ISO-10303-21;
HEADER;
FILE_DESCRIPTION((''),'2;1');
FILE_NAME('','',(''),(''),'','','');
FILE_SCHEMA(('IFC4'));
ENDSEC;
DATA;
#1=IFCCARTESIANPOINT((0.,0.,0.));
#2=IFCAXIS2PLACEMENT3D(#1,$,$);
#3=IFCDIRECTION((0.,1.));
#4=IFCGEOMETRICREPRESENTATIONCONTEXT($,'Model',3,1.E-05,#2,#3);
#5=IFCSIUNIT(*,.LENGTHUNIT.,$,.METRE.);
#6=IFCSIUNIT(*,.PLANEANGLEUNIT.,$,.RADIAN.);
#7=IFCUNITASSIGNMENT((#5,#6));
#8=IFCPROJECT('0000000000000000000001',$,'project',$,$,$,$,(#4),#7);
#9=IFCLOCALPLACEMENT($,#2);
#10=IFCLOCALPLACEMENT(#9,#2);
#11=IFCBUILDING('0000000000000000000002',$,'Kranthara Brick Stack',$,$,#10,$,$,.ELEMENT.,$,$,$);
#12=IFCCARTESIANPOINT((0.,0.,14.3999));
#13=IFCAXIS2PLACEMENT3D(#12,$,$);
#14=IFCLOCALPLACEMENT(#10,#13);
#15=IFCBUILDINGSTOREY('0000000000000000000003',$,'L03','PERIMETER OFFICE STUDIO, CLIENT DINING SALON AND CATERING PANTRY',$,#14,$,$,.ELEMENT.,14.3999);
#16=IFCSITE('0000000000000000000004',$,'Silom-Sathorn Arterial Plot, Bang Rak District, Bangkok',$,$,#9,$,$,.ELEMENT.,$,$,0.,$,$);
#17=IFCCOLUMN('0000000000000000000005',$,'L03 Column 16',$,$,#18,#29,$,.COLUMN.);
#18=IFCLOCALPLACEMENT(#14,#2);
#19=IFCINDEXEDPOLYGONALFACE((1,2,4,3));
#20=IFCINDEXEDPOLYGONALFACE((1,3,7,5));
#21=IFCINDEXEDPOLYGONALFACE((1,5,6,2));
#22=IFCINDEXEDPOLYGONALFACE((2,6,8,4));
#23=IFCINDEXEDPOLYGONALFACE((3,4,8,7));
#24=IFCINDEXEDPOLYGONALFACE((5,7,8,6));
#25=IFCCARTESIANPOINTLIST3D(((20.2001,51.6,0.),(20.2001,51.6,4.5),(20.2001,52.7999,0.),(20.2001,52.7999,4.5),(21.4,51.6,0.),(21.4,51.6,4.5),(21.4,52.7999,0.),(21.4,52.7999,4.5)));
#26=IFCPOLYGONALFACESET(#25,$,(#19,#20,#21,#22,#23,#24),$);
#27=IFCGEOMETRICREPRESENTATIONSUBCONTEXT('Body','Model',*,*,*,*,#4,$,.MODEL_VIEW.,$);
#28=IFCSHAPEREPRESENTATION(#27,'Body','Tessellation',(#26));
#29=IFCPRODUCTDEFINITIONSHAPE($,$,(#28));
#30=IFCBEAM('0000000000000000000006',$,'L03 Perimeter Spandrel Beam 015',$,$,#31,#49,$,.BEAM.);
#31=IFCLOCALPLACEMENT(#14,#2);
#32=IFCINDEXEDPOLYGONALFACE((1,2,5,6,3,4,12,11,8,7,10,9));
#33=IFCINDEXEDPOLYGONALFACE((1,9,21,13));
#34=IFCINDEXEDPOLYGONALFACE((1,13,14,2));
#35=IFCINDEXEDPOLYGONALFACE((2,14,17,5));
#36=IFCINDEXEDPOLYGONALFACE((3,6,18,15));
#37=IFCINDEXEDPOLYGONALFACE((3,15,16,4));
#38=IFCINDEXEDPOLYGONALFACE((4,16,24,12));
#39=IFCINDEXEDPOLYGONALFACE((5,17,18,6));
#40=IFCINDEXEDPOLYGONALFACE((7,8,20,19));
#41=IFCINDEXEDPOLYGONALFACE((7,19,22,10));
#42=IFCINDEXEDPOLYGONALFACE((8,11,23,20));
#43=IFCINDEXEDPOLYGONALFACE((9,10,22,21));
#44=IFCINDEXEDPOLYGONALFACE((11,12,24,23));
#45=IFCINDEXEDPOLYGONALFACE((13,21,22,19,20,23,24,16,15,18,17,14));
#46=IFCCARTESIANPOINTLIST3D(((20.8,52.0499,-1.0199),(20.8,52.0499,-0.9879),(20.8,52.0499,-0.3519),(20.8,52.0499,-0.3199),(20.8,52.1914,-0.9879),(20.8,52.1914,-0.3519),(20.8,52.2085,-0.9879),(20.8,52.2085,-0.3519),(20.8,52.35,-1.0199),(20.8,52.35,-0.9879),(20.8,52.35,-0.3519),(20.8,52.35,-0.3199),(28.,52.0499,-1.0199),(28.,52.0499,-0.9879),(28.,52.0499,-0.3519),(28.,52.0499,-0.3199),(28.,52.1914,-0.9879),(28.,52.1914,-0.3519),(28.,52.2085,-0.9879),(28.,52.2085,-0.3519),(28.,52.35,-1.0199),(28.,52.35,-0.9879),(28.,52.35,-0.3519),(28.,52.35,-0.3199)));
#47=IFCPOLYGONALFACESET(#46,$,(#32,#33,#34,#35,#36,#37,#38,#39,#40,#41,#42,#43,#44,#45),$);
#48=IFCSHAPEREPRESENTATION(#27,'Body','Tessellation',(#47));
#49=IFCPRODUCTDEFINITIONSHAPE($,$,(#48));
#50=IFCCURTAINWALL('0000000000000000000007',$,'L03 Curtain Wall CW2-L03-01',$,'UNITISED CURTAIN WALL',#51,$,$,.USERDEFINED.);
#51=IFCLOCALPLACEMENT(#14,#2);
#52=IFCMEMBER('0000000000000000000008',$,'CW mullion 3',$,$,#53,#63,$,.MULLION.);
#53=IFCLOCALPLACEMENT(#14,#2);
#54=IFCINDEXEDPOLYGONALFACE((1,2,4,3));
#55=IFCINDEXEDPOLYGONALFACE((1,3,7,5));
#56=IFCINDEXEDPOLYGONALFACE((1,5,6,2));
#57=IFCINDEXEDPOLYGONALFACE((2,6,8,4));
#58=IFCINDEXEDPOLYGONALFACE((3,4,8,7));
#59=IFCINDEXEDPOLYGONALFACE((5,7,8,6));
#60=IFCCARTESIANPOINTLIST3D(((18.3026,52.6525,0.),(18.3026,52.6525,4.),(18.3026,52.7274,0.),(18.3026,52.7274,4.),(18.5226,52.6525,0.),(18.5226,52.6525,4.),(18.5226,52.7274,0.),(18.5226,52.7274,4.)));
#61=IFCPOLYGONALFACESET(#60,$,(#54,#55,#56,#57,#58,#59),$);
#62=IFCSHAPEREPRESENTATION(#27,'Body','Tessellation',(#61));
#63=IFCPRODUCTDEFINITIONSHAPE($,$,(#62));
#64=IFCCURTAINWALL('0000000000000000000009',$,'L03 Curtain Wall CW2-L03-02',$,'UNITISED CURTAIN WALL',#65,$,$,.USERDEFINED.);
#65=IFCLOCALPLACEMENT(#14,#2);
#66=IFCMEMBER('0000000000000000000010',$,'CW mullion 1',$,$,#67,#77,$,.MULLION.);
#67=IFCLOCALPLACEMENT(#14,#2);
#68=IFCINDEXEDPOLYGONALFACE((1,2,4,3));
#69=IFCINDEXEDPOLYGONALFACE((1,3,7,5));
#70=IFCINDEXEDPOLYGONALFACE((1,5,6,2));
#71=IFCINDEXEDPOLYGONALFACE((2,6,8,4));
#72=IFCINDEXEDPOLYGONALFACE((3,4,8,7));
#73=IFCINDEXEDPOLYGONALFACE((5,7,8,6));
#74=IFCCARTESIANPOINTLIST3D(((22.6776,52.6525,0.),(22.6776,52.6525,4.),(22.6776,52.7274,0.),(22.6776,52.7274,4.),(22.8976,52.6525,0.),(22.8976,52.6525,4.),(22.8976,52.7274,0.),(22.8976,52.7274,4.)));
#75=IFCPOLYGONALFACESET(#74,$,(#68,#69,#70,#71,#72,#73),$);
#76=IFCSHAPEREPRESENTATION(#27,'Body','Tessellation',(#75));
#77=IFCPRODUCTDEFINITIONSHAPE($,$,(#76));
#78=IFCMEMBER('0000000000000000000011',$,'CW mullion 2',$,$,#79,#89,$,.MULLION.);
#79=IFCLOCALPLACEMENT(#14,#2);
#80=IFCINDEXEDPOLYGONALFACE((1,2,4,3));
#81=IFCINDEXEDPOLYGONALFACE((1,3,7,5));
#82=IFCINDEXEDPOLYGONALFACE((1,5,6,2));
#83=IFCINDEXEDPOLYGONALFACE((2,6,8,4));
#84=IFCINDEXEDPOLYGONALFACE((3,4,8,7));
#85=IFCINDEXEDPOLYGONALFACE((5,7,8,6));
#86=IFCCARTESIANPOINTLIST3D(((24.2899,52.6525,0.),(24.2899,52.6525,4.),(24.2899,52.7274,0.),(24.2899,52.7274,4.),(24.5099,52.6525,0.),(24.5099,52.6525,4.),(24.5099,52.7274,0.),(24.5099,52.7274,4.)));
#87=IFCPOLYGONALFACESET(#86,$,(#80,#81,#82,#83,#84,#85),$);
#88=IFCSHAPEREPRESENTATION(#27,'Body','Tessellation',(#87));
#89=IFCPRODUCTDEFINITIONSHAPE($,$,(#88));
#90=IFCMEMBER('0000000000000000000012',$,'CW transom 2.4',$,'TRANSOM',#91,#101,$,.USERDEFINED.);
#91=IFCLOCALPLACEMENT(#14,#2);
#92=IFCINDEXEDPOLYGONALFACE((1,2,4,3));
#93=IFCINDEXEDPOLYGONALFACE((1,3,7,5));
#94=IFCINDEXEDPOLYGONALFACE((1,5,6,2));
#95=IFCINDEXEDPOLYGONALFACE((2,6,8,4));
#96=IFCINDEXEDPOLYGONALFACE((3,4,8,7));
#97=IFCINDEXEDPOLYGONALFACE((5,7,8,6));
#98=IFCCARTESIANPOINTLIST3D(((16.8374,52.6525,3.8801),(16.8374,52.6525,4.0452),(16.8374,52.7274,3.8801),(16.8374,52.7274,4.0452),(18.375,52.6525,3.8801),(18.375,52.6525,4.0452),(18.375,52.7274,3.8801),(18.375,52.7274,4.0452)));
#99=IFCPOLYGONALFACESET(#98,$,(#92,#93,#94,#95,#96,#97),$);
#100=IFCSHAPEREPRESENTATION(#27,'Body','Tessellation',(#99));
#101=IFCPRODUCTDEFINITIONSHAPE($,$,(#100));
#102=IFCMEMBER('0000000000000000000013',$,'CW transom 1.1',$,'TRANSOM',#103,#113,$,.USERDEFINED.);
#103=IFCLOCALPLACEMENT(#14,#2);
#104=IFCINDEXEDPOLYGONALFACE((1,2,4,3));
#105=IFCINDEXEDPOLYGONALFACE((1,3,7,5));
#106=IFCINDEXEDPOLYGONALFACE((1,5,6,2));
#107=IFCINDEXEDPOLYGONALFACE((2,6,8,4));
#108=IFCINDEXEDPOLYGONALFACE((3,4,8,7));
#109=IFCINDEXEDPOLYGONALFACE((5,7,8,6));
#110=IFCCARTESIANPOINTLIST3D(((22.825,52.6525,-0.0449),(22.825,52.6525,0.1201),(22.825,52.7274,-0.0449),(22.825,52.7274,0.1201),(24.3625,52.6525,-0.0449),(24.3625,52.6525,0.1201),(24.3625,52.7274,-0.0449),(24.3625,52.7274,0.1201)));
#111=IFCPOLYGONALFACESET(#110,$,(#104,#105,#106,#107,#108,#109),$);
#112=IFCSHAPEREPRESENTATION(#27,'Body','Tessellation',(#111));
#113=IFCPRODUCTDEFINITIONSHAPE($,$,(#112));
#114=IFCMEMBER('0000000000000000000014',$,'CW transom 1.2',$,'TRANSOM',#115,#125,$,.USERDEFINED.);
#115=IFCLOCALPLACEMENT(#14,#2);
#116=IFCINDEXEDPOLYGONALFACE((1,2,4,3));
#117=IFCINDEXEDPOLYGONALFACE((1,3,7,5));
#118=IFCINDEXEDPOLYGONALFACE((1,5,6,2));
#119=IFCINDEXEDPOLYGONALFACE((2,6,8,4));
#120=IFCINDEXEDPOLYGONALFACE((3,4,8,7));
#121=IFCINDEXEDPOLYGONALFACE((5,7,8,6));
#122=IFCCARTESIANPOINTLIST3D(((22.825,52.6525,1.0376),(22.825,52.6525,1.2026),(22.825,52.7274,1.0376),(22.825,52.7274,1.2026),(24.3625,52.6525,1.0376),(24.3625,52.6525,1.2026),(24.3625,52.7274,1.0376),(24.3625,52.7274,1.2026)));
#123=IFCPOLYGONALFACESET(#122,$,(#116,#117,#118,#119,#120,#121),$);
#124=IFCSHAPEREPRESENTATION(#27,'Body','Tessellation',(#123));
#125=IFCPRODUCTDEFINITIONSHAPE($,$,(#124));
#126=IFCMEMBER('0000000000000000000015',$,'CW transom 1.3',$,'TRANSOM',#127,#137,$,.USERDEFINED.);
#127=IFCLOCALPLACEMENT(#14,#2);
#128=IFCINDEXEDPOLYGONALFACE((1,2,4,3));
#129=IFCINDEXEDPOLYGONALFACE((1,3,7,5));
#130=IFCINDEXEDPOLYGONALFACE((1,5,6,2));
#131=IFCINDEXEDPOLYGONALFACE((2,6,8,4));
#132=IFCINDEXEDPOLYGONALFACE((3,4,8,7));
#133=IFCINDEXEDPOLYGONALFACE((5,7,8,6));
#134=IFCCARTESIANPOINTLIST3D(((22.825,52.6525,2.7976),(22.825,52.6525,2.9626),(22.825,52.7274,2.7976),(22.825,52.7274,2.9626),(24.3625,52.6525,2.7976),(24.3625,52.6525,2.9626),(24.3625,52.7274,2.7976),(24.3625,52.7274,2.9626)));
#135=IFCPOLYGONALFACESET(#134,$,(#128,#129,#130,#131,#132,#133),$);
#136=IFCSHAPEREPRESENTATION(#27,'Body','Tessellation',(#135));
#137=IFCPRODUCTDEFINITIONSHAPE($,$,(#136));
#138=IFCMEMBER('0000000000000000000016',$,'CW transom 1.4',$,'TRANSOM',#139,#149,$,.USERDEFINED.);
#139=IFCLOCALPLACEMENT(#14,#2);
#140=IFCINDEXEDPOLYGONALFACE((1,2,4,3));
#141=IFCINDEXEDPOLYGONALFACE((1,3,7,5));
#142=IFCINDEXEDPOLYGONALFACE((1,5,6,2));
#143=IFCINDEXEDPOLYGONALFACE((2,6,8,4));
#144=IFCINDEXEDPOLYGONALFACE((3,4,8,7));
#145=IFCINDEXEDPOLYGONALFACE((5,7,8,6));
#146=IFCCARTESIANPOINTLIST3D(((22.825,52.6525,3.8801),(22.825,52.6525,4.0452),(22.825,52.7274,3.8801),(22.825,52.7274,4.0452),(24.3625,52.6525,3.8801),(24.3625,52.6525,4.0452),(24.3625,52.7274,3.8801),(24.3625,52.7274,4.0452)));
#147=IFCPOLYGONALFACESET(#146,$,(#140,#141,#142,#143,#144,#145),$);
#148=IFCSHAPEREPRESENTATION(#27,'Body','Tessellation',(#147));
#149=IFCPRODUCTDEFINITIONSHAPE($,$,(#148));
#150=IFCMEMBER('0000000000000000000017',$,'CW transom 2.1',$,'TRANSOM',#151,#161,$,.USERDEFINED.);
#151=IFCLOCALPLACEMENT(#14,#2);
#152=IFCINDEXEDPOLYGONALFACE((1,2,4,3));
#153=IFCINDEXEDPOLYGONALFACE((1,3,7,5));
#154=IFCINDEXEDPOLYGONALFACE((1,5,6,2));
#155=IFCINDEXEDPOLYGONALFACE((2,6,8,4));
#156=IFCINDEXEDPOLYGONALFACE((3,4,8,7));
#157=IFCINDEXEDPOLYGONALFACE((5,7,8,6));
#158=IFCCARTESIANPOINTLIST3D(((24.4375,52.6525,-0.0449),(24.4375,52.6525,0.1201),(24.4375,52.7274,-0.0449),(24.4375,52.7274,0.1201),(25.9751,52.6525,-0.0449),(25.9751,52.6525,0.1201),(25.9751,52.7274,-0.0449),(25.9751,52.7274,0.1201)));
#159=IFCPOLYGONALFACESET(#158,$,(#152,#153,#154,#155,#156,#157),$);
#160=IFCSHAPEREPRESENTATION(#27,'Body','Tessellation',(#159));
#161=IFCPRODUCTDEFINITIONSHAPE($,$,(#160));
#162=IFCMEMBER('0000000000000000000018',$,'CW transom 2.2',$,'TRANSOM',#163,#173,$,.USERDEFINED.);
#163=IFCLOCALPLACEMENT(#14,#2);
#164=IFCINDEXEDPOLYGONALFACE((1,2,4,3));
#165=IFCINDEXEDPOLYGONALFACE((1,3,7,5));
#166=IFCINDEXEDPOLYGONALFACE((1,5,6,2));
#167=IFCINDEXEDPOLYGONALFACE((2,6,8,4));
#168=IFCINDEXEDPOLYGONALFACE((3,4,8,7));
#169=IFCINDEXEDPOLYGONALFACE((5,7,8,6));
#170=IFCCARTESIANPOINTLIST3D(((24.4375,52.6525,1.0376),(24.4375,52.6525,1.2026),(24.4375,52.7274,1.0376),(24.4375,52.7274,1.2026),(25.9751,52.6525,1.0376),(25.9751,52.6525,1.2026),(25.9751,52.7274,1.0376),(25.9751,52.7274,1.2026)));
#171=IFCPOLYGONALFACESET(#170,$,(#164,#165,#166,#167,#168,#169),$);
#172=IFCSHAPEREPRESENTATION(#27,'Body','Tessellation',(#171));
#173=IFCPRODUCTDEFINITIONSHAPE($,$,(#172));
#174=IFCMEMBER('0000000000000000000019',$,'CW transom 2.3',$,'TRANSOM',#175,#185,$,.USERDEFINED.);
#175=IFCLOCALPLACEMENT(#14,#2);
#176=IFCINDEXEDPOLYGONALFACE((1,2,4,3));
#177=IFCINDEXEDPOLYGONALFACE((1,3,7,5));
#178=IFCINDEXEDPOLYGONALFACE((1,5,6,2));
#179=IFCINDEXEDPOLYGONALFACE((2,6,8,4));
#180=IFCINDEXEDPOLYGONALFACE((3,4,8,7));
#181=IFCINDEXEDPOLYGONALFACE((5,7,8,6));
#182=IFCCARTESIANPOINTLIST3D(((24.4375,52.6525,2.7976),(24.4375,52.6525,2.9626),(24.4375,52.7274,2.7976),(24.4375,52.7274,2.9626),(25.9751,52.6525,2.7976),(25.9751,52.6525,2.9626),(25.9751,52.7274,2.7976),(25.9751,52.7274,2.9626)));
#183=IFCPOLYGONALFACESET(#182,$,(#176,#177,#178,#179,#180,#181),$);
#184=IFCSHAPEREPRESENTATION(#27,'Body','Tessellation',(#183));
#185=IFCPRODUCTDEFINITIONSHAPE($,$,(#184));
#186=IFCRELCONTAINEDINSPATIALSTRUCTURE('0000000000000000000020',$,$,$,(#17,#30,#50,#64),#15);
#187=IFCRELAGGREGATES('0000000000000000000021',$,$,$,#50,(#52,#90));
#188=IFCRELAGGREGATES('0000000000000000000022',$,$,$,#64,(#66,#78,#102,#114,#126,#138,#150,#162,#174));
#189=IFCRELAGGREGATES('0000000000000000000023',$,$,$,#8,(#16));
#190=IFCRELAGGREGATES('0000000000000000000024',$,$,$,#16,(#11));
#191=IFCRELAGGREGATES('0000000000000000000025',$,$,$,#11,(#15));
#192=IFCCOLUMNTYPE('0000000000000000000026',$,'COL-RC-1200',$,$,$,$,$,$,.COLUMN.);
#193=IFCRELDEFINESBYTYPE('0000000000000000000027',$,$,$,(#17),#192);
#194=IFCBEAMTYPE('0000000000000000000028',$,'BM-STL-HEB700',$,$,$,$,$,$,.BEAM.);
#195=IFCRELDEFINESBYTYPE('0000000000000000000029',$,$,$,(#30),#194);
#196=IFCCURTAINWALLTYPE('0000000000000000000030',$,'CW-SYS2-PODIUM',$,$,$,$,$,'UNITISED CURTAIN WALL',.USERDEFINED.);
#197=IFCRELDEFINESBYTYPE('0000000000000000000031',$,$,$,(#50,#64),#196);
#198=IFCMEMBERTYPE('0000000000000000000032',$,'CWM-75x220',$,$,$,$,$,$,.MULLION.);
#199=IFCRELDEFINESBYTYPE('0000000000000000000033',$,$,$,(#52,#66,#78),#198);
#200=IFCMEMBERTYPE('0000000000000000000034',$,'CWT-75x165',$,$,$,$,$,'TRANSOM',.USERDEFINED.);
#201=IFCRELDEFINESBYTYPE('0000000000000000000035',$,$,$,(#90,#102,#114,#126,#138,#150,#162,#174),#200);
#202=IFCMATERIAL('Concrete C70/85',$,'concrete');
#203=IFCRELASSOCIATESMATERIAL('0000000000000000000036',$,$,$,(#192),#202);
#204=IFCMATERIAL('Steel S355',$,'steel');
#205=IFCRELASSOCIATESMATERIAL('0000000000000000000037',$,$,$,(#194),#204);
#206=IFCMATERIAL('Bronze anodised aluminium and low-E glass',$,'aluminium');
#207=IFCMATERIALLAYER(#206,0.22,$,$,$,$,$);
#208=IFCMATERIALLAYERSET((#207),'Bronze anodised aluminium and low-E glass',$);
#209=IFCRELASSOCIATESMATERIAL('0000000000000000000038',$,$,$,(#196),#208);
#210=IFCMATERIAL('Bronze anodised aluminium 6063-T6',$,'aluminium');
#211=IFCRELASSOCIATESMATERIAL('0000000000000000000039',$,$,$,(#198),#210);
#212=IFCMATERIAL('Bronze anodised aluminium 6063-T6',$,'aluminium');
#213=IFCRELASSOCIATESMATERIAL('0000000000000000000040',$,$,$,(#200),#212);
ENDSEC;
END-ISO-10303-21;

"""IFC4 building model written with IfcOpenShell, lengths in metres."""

from ifc_helpers import new_model, si_unit, direction, frame, origin, origin_2d, place, context, subcontext, project, spatial, rectangle, i_section, extrude, material, layer, layer_set, material_profile, profile_set, type_object, element, aggregate, save


model = new_model("IFC4")

# Units and contexts
model_context = context("Model", 3, precision=1e-05, world=origin(), true_north=direction((0.0, 1.0)))
body_context = subcontext(model_context, "Body", "Model", "MODEL_VIEW")
ifc_project = project(units=[si_unit("LENGTHUNIT", "METRE"), si_unit("PLANEANGLEUNIT", "RADIAN")], contexts=[model_context])

# Site, building, storey
site_placement = place(None, origin())
site = spatial("IfcSite", under=ifc_project, at=site_placement, Name="Silom-Sathorn Arterial Plot, Bang Rak District, Bangkok", CompositionType="ELEMENT", RefElevation=0.0)
building_placement = place(site_placement, origin())
building = spatial("IfcBuilding", under=site, at=building_placement, Name="Kranthara Brick Stack", CompositionType="ELEMENT")
storey_placement = place(building_placement, frame((0.0, 0.0, 14.3999)))
storey = spatial("IfcBuildingStorey", under=building, at=storey_placement, Name="L03", Description="PERIMETER OFFICE STUDIO, CLIENT DINING SALON AND CATERING PANTRY", CompositionType="ELEMENT", Elevation=14.3999)

# Column
ifc_material_1 = material(Name="Concrete C70/85", Category="concrete")
ifc_material_profile_1 = material_profile(ifc_material_1, rectangle(XDim=1.2, YDim=1.2, at=origin_2d()), Name="RC 1200x1200")
ifc_profile_set_1 = profile_set([ifc_material_profile_1], Name="Concrete C70/85")
column_type = type_object("IfcColumnType", Name="COL-RC-1200", PredefinedType="COLUMN", material=ifc_profile_set_1)
column_placement = place(storey_placement, frame((20.8, 52.2, 0.0), z_axis=(0.0, 0.0, 1.0), x_axis=(1.0, 0.0, 0.0)))
element("IfcColumn", 1, at=column_placement, inside=storey, type_object=column_type, Name="L03 Column 16", PredefinedType="COLUMN", context=body_context, shape_type="SweptSolid", body=[
    extrude(rectangle(XDim=1.2, YDim=1.2, at=origin_2d()), origin(), (0.0, 0.0, 1.0), 4.5),
])

# Beam
ifc_material_2 = material(Name="Steel S355", Category="steel")
ifc_material_profile_2 = material_profile(ifc_material_2, i_section(OverallWidth=0.3, OverallDepth=0.7, WebThickness=0.0171, FlangeThickness=0.032, at=origin_2d()), Name="HEB 700")
ifc_profile_set_2 = profile_set([ifc_material_profile_2], Name="Steel S355")
beam_type = type_object("IfcBeamType", Name="BM-STL-HEB700", PredefinedType="BEAM", material=ifc_profile_set_2)
beam_placement = place(storey_placement, frame((20.8, 52.2, -0.6699), z_axis=(1.0, 0.0, 0.0), x_axis=(0.0, 1.0, 0.0)))
element("IfcBeam", 2, at=beam_placement, inside=storey, type_object=beam_type, Name="L03 Perimeter Spandrel Beam 015", PredefinedType="BEAM", context=body_context, shape_type="SweptSolid", body=[
    extrude(i_section(OverallWidth=0.3, OverallDepth=0.7, WebThickness=0.0171, FlangeThickness=0.032, at=origin_2d()), origin(), (0.0, 0.0, 1.0), 7.2),
])

# Curtain wall, member
ifc_material_3 = material(Name="Bronze anodised aluminium and low-E glass", Category="aluminium")
ifc_layer_1 = layer(ifc_material_3, 0.22)
ifc_layer_set_1 = layer_set([ifc_layer_1], Name="Bronze anodised aluminium and low-E glass")
curtain_wall_type = type_object("IfcCurtainWallType", Name="CW-SYS2-PODIUM", ElementType="UNITISED CURTAIN WALL", PredefinedType="USERDEFINED", material=ifc_layer_set_1)
curtain_wall_1_placement = place(storey_placement, origin())
curtain_wall_1 = element("IfcCurtainWall", 3, at=curtain_wall_1_placement, inside=storey, type_object=curtain_wall_type, Name="L03 Curtain Wall CW2-L03-01", ObjectType="UNITISED CURTAIN WALL", PredefinedType="USERDEFINED")
ifc_material_4 = material(Name="Bronze anodised aluminium 6063-T6", Category="aluminium")
ifc_material_profile_3 = material_profile(ifc_material_4, rectangle(XDim=0.075, YDim=0.22, at=origin_2d()), Name="ALU MULLION 75x220")
ifc_profile_set_3 = profile_set([ifc_material_profile_3], Name="Bronze anodised aluminium 6063-T6")
member_type_1 = type_object("IfcMemberType", Name="CWM-75x220", PredefinedType="MULLION", material=ifc_profile_set_3)
member_1_placement = place(storey_placement, frame((18.4126, 52.6899, 0.0), z_axis=(0.0, 0.0, 1.0), x_axis=(0.0, 1.0, 0.0)))
member_1 = element("IfcMember", 4, at=member_1_placement, type_object=member_type_1, Name="CW mullion 3", PredefinedType="MULLION", context=body_context, shape_type="SweptSolid", body=[
    extrude(rectangle(XDim=0.075, YDim=0.22, at=origin_2d()), origin(), (0.0, 0.0, 1.0), 4.0),
])

# Curtain wall, members
curtain_wall_2_placement = place(storey_placement, origin())
curtain_wall_2 = element("IfcCurtainWall", 5, at=curtain_wall_2_placement, inside=storey, type_object=curtain_wall_type, Name="L03 Curtain Wall CW2-L03-02", ObjectType="UNITISED CURTAIN WALL", PredefinedType="USERDEFINED")
member_2_placement = place(storey_placement, frame((22.7876, 52.6899, 0.0), z_axis=(0.0, 0.0, 1.0), x_axis=(0.0, 1.0, 0.0)))
member_2 = element("IfcMember", 6, at=member_2_placement, type_object=member_type_1, Name="CW mullion 1", PredefinedType="MULLION", context=body_context, shape_type="SweptSolid", body=[
    extrude(rectangle(XDim=0.075, YDim=0.22, at=origin_2d()), origin(), (0.0, 0.0, 1.0), 4.0),
])
member_3_placement = place(storey_placement, frame((24.3999, 52.6899, 0.0), z_axis=(0.0, 0.0, 1.0), x_axis=(0.0, 1.0, 0.0)))
member_3 = element("IfcMember", 7, at=member_3_placement, type_object=member_type_1, Name="CW mullion 2", PredefinedType="MULLION", context=body_context, shape_type="SweptSolid", body=[
    extrude(rectangle(XDim=0.075, YDim=0.22, at=origin_2d()), origin(), (0.0, 0.0, 1.0), 4.0),
])

# Members
ifc_material_5 = material(Name="Bronze anodised aluminium 6063-T6", Category="aluminium")
ifc_material_profile_4 = material_profile(ifc_material_5, rectangle(XDim=0.075, YDim=0.165, at=origin_2d()), Name="ALU TRANSOM 75x165")
ifc_profile_set_4 = profile_set([ifc_material_profile_4], Name="Bronze anodised aluminium 6063-T6")
member_type_2 = type_object("IfcMemberType", Name="CWT-75x165", ElementType="TRANSOM", PredefinedType="USERDEFINED", material=ifc_profile_set_4)
member_4_placement = place(storey_placement, frame((16.8374, 52.6899, 3.9626), z_axis=(1.0, 0.0, 0.0), x_axis=(0.0, 1.0, 0.0)))
member_4 = element("IfcMember", 8, at=member_4_placement, type_object=member_type_2, Name="CW transom 2.4", ObjectType="TRANSOM", PredefinedType="USERDEFINED", context=body_context, shape_type="SweptSolid", body=[
    extrude(rectangle(XDim=0.075, YDim=0.165, at=origin_2d()), origin(), (0.0, 0.0, 1.0), 1.5376),
])
member_5_placement = place(storey_placement, frame((22.825, 52.6899, 0.0376), z_axis=(1.0, 0.0, 0.0), x_axis=(0.0, 1.0, 0.0)))
member_5 = element("IfcMember", 9, at=member_5_placement, type_object=member_type_2, Name="CW transom 1.1", ObjectType="TRANSOM", PredefinedType="USERDEFINED", context=body_context, shape_type="SweptSolid", body=[
    extrude(rectangle(XDim=0.075, YDim=0.165, at=origin_2d()), origin(), (0.0, 0.0, 1.0), 1.5376),
])
member_6_placement = place(storey_placement, frame((22.825, 52.6899, 1.1201), z_axis=(1.0, 0.0, 0.0), x_axis=(0.0, 1.0, 0.0)))
member_6 = element("IfcMember", 10, at=member_6_placement, type_object=member_type_2, Name="CW transom 1.2", ObjectType="TRANSOM", PredefinedType="USERDEFINED", context=body_context, shape_type="SweptSolid", body=[
    extrude(rectangle(XDim=0.075, YDim=0.165, at=origin_2d()), origin(), (0.0, 0.0, 1.0), 1.5376),
])
member_7_placement = place(storey_placement, frame((22.825, 52.6899, 2.8801), z_axis=(1.0, 0.0, 0.0), x_axis=(0.0, 1.0, 0.0)))
member_7 = element("IfcMember", 11, at=member_7_placement, type_object=member_type_2, Name="CW transom 1.3", ObjectType="TRANSOM", PredefinedType="USERDEFINED", context=body_context, shape_type="SweptSolid", body=[
    extrude(rectangle(XDim=0.075, YDim=0.165, at=origin_2d()), origin(), (0.0, 0.0, 1.0), 1.5376),
])
member_8_placement = place(storey_placement, frame((22.825, 52.6899, 3.9626), z_axis=(1.0, 0.0, 0.0), x_axis=(0.0, 1.0, 0.0)))
member_8 = element("IfcMember", 12, at=member_8_placement, type_object=member_type_2, Name="CW transom 1.4", ObjectType="TRANSOM", PredefinedType="USERDEFINED", context=body_context, shape_type="SweptSolid", body=[
    extrude(rectangle(XDim=0.075, YDim=0.165, at=origin_2d()), origin(), (0.0, 0.0, 1.0), 1.5376),
])
member_9_placement = place(storey_placement, frame((24.4375, 52.6899, 0.0376), z_axis=(1.0, 0.0, 0.0), x_axis=(0.0, 1.0, 0.0)))
member_9 = element("IfcMember", 13, at=member_9_placement, type_object=member_type_2, Name="CW transom 2.1", ObjectType="TRANSOM", PredefinedType="USERDEFINED", context=body_context, shape_type="SweptSolid", body=[
    extrude(rectangle(XDim=0.075, YDim=0.165, at=origin_2d()), origin(), (0.0, 0.0, 1.0), 1.5376),
])
member_10_placement = place(storey_placement, frame((24.4375, 52.6899, 1.1201), z_axis=(1.0, 0.0, 0.0), x_axis=(0.0, 1.0, 0.0)))
member_10 = element("IfcMember", 14, at=member_10_placement, type_object=member_type_2, Name="CW transom 2.2", ObjectType="TRANSOM", PredefinedType="USERDEFINED", context=body_context, shape_type="SweptSolid", body=[
    extrude(rectangle(XDim=0.075, YDim=0.165, at=origin_2d()), origin(), (0.0, 0.0, 1.0), 1.5376),
])
member_11_placement = place(storey_placement, frame((24.4375, 52.6899, 2.8801), z_axis=(1.0, 0.0, 0.0), x_axis=(0.0, 1.0, 0.0)))
member_11 = element("IfcMember", 15, at=member_11_placement, type_object=member_type_2, Name="CW transom 2.3", ObjectType="TRANSOM", PredefinedType="USERDEFINED", context=body_context, shape_type="SweptSolid", body=[
    extrude(rectangle(XDim=0.075, YDim=0.165, at=origin_2d()), origin(), (0.0, 0.0, 1.0), 1.5376),
])

aggregate(curtain_wall_1, [member_1, member_4])
aggregate(curtain_wall_2, [member_2, member_3, member_5, member_6, member_7, member_8, member_9, member_10, member_11])

save(model, "model.ifc")
